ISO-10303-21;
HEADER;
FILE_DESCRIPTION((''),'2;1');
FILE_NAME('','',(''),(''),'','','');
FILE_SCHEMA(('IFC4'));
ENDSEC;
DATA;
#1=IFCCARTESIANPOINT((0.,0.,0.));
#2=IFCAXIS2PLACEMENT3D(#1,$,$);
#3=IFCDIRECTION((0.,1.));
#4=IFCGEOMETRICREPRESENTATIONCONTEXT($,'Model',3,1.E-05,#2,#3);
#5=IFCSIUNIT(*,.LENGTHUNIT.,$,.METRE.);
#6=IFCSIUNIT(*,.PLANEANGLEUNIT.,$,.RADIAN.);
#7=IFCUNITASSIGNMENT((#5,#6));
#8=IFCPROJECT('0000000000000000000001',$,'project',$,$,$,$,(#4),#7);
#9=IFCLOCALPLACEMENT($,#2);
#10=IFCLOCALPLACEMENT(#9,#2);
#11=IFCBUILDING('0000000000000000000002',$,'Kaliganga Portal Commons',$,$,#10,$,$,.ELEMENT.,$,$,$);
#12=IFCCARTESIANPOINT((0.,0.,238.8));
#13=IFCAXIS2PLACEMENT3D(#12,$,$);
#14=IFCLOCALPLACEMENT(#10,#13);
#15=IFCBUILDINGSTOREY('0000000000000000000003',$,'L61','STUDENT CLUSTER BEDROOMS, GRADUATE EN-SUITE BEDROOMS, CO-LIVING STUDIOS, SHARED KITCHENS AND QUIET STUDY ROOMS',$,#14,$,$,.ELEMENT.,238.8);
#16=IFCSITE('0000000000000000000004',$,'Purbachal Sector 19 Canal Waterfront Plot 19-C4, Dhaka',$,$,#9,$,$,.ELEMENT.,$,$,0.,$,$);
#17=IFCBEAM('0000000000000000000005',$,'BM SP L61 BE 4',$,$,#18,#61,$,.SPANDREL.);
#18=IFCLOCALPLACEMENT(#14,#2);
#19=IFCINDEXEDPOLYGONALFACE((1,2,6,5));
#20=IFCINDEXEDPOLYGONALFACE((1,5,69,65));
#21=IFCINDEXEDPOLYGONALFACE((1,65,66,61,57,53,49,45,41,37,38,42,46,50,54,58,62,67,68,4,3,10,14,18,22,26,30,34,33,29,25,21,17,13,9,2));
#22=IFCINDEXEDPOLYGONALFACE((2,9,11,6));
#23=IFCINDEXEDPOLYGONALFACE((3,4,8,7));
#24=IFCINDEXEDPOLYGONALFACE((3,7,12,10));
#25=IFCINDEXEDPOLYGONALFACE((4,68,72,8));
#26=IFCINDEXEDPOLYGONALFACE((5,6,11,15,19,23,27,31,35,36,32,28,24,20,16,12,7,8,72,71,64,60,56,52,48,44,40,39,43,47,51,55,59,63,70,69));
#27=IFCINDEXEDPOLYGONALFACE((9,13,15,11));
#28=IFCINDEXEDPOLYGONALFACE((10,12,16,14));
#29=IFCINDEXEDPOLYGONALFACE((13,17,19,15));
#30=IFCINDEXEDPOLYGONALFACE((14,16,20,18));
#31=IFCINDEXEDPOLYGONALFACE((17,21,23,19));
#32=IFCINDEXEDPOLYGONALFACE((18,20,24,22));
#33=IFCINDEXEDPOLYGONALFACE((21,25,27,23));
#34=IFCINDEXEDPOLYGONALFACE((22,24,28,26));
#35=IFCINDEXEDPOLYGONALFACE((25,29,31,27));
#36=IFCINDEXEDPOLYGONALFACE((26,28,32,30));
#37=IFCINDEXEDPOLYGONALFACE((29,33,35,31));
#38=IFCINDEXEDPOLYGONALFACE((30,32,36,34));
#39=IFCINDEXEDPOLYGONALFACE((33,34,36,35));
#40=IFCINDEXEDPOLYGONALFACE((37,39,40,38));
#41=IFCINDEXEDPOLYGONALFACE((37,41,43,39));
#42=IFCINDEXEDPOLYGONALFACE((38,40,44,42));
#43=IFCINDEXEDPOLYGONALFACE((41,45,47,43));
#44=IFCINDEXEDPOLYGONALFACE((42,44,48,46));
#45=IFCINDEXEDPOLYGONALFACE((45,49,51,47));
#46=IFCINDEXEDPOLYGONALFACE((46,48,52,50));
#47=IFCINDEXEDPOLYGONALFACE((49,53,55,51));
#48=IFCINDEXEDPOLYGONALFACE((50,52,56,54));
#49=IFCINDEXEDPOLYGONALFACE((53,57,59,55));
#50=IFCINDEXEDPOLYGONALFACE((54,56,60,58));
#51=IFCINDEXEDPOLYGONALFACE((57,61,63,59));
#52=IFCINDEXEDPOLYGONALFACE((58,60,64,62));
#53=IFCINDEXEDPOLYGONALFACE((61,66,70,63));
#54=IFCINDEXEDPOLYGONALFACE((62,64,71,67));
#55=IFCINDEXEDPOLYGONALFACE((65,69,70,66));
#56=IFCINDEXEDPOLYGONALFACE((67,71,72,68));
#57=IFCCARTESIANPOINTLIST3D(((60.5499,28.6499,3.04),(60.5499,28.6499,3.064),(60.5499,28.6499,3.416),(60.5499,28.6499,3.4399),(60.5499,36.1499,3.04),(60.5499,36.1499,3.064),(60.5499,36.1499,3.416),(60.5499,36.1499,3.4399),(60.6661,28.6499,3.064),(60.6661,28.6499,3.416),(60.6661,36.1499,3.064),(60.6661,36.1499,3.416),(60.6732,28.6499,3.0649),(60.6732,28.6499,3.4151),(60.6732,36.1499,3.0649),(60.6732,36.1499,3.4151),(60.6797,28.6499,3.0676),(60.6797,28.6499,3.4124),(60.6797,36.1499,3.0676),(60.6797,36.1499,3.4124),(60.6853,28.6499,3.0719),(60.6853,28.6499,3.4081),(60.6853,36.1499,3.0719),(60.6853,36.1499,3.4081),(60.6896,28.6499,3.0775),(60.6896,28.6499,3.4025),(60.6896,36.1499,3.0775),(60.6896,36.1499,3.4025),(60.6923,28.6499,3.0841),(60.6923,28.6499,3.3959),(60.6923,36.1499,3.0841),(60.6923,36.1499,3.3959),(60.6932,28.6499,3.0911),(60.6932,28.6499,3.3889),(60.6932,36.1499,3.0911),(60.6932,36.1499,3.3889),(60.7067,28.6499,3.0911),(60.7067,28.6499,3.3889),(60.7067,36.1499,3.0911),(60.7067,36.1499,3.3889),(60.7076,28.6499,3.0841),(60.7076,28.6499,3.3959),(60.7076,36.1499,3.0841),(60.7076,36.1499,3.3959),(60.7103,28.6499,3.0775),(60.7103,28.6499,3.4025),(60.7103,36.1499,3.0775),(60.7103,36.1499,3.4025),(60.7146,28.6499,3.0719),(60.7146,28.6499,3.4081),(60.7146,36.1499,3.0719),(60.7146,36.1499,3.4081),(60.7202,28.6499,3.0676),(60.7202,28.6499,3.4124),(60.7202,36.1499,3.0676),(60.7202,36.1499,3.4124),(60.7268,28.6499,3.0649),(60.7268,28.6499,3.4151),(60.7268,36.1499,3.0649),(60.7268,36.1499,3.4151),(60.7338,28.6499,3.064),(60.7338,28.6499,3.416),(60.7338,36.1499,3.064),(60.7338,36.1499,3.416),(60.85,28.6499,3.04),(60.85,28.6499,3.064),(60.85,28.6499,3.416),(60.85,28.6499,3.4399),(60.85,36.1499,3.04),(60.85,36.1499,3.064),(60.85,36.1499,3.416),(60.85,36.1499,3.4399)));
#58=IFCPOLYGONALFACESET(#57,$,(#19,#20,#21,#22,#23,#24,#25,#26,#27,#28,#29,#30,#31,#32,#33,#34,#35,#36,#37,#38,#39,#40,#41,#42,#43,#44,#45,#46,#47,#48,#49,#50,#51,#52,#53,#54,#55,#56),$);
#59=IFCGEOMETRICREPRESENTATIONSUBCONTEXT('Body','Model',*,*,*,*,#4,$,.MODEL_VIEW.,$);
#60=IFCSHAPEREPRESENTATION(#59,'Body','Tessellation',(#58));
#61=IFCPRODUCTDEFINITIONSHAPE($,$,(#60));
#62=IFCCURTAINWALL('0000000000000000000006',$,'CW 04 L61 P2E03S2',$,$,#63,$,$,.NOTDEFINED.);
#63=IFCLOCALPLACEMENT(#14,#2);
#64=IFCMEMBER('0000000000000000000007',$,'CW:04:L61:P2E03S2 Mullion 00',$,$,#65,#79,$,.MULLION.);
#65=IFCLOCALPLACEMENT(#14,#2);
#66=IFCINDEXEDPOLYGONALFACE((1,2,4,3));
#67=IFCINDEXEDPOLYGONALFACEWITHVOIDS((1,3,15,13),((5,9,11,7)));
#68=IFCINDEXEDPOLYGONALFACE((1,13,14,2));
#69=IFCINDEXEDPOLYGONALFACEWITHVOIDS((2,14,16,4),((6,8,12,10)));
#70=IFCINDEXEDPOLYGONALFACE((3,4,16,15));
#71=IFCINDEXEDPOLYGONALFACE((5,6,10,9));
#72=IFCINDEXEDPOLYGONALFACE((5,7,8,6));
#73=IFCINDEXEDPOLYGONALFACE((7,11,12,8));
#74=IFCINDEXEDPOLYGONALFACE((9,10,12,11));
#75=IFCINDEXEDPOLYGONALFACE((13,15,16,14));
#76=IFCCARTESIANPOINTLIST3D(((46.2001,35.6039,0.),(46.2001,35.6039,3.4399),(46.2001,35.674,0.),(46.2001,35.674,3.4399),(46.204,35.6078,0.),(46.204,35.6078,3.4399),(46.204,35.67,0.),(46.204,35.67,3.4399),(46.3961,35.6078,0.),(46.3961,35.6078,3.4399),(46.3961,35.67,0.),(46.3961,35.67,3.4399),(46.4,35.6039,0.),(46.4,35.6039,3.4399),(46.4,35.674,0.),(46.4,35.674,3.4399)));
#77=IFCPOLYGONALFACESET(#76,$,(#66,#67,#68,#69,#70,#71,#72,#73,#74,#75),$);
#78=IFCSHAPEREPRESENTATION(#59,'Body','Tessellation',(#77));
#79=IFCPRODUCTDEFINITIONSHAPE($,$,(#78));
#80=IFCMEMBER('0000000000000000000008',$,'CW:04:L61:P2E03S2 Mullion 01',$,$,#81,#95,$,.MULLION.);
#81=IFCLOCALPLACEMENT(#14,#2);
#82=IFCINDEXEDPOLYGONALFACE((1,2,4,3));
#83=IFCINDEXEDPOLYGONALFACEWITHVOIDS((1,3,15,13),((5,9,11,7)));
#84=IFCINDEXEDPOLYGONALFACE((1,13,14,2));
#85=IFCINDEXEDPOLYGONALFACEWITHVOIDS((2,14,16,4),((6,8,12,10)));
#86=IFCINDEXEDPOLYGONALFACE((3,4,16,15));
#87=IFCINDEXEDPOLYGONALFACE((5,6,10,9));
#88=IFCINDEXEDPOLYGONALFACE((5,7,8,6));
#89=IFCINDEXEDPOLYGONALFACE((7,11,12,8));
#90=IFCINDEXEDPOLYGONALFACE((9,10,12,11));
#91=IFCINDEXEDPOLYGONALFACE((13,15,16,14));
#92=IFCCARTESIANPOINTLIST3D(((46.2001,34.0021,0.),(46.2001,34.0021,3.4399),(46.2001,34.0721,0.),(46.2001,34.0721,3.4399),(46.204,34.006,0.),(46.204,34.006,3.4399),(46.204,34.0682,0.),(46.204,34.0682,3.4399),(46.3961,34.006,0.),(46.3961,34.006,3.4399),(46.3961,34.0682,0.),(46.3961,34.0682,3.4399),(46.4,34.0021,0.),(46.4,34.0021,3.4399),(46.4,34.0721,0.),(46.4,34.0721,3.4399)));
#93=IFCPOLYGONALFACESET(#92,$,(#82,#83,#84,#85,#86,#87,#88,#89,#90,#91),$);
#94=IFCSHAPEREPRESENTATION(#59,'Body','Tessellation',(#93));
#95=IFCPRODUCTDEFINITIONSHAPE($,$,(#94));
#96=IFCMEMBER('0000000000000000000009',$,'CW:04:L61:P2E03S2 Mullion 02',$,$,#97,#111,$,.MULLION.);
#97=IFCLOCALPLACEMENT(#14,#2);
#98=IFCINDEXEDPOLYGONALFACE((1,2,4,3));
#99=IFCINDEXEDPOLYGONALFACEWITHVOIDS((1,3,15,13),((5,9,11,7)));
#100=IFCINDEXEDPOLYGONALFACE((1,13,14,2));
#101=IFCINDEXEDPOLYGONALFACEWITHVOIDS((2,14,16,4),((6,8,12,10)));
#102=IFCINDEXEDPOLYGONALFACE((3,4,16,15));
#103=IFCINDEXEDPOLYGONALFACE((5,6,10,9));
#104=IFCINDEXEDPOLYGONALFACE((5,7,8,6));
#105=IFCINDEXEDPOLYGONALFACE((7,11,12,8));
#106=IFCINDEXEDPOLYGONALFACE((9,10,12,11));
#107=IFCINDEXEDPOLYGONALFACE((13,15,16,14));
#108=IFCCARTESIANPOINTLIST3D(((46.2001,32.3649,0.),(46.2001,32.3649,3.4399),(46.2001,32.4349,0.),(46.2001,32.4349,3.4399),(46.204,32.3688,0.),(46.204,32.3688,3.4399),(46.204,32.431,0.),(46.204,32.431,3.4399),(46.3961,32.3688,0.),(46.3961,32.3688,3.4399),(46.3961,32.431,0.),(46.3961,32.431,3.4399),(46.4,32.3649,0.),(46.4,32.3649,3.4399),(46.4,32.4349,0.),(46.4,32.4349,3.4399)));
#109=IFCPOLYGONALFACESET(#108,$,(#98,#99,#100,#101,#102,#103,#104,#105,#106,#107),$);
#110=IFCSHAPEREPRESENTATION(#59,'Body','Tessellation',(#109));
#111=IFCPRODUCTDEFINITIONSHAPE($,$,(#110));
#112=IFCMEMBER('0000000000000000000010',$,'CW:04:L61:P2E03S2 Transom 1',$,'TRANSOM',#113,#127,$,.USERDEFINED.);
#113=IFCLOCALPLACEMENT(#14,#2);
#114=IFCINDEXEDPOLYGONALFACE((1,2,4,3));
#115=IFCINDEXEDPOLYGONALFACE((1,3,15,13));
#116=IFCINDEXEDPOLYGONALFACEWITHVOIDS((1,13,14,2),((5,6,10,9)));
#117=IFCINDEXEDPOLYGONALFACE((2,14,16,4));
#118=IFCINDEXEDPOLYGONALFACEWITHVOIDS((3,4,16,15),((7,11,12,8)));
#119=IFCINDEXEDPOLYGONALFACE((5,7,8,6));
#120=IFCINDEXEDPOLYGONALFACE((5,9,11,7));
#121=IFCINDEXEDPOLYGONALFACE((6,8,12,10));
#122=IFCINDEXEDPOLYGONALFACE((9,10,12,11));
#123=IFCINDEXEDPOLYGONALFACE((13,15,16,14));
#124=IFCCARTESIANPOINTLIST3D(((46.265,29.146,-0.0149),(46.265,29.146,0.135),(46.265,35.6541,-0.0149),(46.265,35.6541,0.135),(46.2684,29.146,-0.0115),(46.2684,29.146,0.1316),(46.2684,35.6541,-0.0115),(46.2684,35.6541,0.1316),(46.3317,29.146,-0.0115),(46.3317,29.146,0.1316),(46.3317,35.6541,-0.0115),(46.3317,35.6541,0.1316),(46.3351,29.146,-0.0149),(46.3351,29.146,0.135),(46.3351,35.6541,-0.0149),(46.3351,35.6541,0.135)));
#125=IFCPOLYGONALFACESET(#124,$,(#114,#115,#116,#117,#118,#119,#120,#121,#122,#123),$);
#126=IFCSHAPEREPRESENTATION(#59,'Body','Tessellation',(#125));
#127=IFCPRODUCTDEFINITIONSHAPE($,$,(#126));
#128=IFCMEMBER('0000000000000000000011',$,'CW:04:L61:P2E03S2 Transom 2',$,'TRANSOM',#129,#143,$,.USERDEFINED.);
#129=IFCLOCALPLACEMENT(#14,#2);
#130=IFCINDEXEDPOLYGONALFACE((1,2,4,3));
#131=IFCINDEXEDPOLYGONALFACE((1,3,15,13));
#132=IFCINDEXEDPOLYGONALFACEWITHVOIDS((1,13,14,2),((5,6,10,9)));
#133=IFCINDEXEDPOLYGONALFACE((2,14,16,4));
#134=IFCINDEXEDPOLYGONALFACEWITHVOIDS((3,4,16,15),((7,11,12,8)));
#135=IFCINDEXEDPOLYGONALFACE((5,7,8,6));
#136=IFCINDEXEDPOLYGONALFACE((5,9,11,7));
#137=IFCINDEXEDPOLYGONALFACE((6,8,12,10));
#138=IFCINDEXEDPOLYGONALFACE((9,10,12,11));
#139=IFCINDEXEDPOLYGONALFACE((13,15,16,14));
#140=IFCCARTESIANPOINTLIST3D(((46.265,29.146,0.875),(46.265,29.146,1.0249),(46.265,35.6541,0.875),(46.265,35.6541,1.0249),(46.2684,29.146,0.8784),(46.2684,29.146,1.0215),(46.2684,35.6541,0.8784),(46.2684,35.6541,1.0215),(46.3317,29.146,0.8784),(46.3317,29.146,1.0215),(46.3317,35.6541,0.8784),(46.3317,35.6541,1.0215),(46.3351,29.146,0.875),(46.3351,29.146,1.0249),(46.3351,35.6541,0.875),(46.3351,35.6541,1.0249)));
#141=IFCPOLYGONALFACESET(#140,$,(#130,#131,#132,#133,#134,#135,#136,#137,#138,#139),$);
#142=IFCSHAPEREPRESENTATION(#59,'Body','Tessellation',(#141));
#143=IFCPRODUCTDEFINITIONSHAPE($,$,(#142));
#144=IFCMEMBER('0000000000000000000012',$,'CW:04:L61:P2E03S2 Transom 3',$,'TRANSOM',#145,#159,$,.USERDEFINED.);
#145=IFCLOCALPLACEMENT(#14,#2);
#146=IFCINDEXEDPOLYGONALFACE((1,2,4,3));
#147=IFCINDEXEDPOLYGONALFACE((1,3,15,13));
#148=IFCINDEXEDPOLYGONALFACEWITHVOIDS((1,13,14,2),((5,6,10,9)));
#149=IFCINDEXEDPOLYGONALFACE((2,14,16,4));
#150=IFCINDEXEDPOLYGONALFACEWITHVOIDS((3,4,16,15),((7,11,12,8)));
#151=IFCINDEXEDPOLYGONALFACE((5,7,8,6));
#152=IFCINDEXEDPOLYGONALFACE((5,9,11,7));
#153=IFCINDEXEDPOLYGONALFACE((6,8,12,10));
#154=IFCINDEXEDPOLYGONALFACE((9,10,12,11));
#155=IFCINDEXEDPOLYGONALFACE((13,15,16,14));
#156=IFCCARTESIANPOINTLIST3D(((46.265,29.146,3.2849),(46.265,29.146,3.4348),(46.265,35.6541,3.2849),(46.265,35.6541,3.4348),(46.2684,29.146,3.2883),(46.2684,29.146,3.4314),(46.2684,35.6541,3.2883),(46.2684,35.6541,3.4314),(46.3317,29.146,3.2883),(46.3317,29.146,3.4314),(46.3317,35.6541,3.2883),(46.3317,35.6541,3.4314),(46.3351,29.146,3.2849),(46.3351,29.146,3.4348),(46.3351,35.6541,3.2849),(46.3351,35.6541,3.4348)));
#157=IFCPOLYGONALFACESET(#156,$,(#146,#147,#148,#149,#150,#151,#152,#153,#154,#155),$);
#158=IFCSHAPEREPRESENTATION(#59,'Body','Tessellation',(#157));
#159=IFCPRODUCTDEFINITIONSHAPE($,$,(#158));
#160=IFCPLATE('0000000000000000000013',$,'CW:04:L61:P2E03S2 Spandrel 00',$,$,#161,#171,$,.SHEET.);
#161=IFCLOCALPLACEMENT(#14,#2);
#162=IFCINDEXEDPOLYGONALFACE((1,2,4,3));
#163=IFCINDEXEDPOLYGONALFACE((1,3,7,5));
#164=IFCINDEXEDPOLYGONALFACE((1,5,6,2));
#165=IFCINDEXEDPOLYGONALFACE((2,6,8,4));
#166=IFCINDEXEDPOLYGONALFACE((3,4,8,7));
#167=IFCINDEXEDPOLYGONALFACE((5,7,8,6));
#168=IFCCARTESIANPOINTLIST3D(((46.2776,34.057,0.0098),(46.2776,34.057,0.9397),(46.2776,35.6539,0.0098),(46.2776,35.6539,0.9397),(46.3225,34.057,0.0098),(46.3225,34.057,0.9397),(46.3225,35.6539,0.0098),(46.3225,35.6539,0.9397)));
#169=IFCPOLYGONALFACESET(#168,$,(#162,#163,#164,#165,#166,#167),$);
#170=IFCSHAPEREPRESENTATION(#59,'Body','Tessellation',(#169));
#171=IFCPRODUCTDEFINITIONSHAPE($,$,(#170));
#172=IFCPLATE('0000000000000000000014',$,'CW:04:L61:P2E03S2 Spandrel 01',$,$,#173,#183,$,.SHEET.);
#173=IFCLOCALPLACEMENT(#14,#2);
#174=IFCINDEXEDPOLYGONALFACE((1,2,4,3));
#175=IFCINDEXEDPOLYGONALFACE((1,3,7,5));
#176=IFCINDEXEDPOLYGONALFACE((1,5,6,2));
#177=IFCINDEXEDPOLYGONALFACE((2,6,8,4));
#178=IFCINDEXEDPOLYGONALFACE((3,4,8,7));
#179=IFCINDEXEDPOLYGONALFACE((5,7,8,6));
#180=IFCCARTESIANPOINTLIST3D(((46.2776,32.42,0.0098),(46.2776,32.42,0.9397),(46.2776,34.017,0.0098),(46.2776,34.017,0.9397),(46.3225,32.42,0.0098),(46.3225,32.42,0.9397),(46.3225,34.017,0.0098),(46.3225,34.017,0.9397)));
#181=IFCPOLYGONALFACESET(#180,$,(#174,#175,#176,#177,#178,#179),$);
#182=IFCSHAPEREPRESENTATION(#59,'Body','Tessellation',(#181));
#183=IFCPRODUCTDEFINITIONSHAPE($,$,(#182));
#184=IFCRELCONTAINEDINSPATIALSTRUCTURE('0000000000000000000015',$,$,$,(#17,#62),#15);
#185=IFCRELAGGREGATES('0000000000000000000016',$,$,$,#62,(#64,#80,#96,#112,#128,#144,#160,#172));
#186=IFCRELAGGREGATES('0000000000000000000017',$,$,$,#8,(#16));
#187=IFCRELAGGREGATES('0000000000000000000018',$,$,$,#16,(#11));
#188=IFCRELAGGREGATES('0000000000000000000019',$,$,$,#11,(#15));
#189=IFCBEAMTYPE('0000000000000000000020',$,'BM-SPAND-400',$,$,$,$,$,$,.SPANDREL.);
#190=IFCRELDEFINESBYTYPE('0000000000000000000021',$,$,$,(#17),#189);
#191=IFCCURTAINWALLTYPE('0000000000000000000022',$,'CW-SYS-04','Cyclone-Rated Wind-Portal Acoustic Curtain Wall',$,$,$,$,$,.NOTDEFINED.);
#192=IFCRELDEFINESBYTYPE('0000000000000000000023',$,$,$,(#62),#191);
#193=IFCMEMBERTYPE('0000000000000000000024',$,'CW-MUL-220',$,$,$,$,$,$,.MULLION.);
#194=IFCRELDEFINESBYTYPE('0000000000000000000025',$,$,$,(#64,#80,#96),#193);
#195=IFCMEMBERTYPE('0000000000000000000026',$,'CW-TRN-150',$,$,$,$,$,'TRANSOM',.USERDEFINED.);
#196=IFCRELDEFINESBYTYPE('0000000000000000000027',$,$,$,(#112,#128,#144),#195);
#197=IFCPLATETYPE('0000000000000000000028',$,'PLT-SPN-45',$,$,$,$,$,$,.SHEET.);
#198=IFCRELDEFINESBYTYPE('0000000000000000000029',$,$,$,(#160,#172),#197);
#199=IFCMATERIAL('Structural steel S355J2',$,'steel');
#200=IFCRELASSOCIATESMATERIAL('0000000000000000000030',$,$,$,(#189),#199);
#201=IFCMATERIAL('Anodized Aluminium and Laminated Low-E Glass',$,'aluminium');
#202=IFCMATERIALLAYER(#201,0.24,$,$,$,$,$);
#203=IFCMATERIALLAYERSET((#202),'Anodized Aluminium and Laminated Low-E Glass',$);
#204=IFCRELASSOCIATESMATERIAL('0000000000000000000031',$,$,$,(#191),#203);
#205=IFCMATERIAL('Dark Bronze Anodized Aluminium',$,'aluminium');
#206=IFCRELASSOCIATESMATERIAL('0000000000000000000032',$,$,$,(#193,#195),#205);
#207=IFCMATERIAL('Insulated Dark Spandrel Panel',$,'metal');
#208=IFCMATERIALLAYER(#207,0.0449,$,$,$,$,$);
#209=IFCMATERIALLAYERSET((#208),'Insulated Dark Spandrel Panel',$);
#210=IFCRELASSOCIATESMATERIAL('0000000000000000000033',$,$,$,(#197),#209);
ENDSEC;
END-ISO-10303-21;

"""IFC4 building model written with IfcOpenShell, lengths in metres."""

from ifc_helpers import new_model, si_unit, direction, frame, origin, origin_2d, place, context, subcontext, project, spatial, rectangle, hollow_rectangle, i_section, extrude, source, transform, mapped, material, layer, layer_set, material_profile, profile_set, type_object, element, aggregate, save


model = new_model("IFC4")

# Units and contexts
model_context = context("Model", 3, precision=1e-05, world=origin(), true_north=direction((0.0, 1.0)))
body_context = subcontext(model_context, "Body", "Model", "MODEL_VIEW")
ifc_project = project(units=[si_unit("LENGTHUNIT", "METRE"), si_unit("PLANEANGLEUNIT", "RADIAN")], contexts=[model_context])

# Site, building, storey
site_placement = place(None, origin())
site = spatial("IfcSite", under=ifc_project, at=site_placement, Name="Purbachal Sector 19 Canal Waterfront Plot 19-C4, Dhaka", CompositionType="ELEMENT", RefElevation=0.0)
building_placement = place(site_placement, origin())
building = spatial("IfcBuilding", under=site, at=building_placement, Name="Kaliganga Portal Commons", CompositionType="ELEMENT")
storey_placement = place(building_placement, frame((0.0, 0.0, 238.8)))
storey = spatial("IfcBuildingStorey", under=building, at=storey_placement, Name="L61", Description="STUDENT CLUSTER BEDROOMS, GRADUATE EN-SUITE BEDROOMS, CO-LIVING STUDIOS, SHARED KITCHENS AND QUIET STUDY ROOMS", CompositionType="ELEMENT", Elevation=238.8)

# Shared definitions
ifc_material_1 = material(Name="Structural steel S355J2", Category="steel")

# Beam
ifc_material_profile_1 = material_profile(ifc_material_1, i_section(OverallWidth=0.3, OverallDepth=0.3999, WebThickness=0.0134, FlangeThickness=0.0239, FilletRadius=0.0271, at=origin_2d()), Name="HE 400 B")
ifc_profile_set_1 = profile_set([ifc_material_profile_1], Name="Structural steel S355J2 wide-flange")
beam_type_1 = type_object("IfcBeamType", Name="BM-SPAND-400", PredefinedType="SPANDREL", material=ifc_profile_set_1)
shared_shape_1 = source(origin(), body_context, "Body", "SweptSolid", [
    extrude(i_section(OverallWidth=0.3, OverallDepth=0.3999, WebThickness=0.0134, FlangeThickness=0.0239, FilletRadius=0.0271, at=origin_2d()), origin(), (0.0, 0.0, 1.0), 7.5),
])
beam_1_placement = place(storey_placement, frame((60.7, 28.6499, 3.24), z_axis=(0.0, 1.0, 0.0), x_axis=(-1.0, 0.0, 0.0)))
element("IfcBeam", 1, at=beam_1_placement, inside=storey, type_object=beam_type_1, Name="BM SP L61 BE 4", PredefinedType="SPANDREL", context=body_context, shape_type="MappedRepresentation", body=[
    mapped(shared_shape_1, transform((0.0, 0.0, 0.0), x_axis=(1.0, 0.0, 0.0), y_axis=(0.0, 1.0, 0.0), z_axis=(0.0, 0.0, 1.0), scale=1.0)),
])

# Curtain wall, members, plates
ifc_material_2 = material(Name="Anodized Aluminium and Laminated Low-E Glass", Category="aluminium")
ifc_layer_1 = layer(ifc_material_2, 0.24)
ifc_layer_set_1 = layer_set([ifc_layer_1], Name="Anodized Aluminium and Laminated Low-E Glass")
curtain_wall_type = type_object("IfcCurtainWallType", Name="CW-SYS-04", Description="Cyclone-Rated Wind-Portal Acoustic Curtain Wall", PredefinedType="NOTDEFINED", material=ifc_layer_set_1)
curtain_wall_placement = place(storey_placement, origin())
curtain_wall = element("IfcCurtainWall", 2, at=curtain_wall_placement, inside=storey, type_object=curtain_wall_type, Name="CW 04 L61 P2E03S2", PredefinedType="NOTDEFINED")
ifc_material_3 = material(Name="Dark Bronze Anodized Aluminium", Category="aluminium")
ifc_material_profile_2 = material_profile(ifc_material_3, hollow_rectangle(XDim=0.0701, YDim=0.2, WallThickness=0.0039, at=origin_2d()), Name="ALU MULL 70x200x4")
ifc_profile_set_2 = profile_set([ifc_material_profile_2], Name="Dark Bronze Anodized Aluminium")
member_type_1 = type_object("IfcMemberType", Name="CW-MUL-220", PredefinedType="MULLION", material=ifc_profile_set_2)
shared_shape_2 = source(origin(), body_context, "Body", "SweptSolid", [
    extrude(hollow_rectangle(XDim=0.0701, YDim=0.2, WallThickness=0.0039, at=origin_2d()), origin(), (0.0, 0.0, 1.0), 3.4399),
])
member_1_placement = place(storey_placement, frame((46.3, 35.6389, 0.0), z_axis=(0.0, 0.0, 1.0), x_axis=(0.0, -1.0, 0.0)))
member_1 = element("IfcMember", 3, at=member_1_placement, type_object=member_type_1, Name="CW:04:L61:P2E03S2 Mullion 00", PredefinedType="MULLION", context=body_context, shape_type="MappedRepresentation", body=[
    mapped(shared_shape_2, transform((0.0, 0.0, 0.0), x_axis=(1.0, 0.0, 0.0), y_axis=(0.0, 1.0, 0.0), z_axis=(0.0, 0.0, 1.0), scale=1.0)),
])
member_2_placement = place(storey_placement, frame((46.3, 34.0371, 0.0), z_axis=(0.0, 0.0, 1.0), x_axis=(0.0, -1.0, 0.0)))
member_2 = element("IfcMember", 4, at=member_2_placement, type_object=member_type_1, Name="CW:04:L61:P2E03S2 Mullion 01", PredefinedType="MULLION", context=body_context, shape_type="MappedRepresentation", body=[
    mapped(shared_shape_2, transform((0.0, 0.0, 0.0), x_axis=(1.0, 0.0, 0.0), y_axis=(0.0, 1.0, 0.0), z_axis=(0.0, 0.0, 1.0), scale=1.0)),
])
member_3_placement = place(storey_placement, frame((46.3, 32.3999, 0.0), z_axis=(0.0, 0.0, 1.0), x_axis=(0.0, -1.0, 0.0)))
member_3 = element("IfcMember", 5, at=member_3_placement, type_object=member_type_1, Name="CW:04:L61:P2E03S2 Mullion 02", PredefinedType="MULLION", context=body_context, shape_type="MappedRepresentation", body=[
    mapped(shared_shape_2, transform((0.0, 0.0, 0.0), x_axis=(1.0, 0.0, 0.0), y_axis=(0.0, 1.0, 0.0), z_axis=(0.0, 0.0, 1.0), scale=1.0)),
])
ifc_material_profile_3 = material_profile(ifc_material_3, hollow_rectangle(XDim=0.0701, YDim=0.1499, WallThickness=0.0034, at=origin_2d()), Name="ALU TRAN 70x150x3.5")
ifc_profile_set_3 = profile_set([ifc_material_profile_3], Name="Dark Bronze Anodized Aluminium")
member_type_2 = type_object("IfcMemberType", Name="CW-TRN-150", ElementType="TRANSOM", PredefinedType="USERDEFINED", material=ifc_profile_set_3)
shared_shape_3 = source(origin(), body_context, "Body", "SweptSolid", [
    extrude(hollow_rectangle(XDim=0.0701, YDim=0.1499, WallThickness=0.0034, at=origin_2d()), origin(), (0.0, 0.0, 1.0), 6.5081),
])
member_4_placement = place(storey_placement, frame((46.3, 35.6541, 0.0601), z_axis=(0.0, -1.0, 0.0), x_axis=(1.0, 0.0, 0.0)))
member_4 = element("IfcMember", 6, at=member_4_placement, type_object=member_type_2, Name="CW:04:L61:P2E03S2 Transom 1", ObjectType="TRANSOM", PredefinedType="USERDEFINED", context=body_context, shape_type="MappedRepresentation", body=[
    mapped(shared_shape_3, transform((0.0, 0.0, 0.0), x_axis=(1.0, 0.0, 0.0), y_axis=(0.0, 1.0, 0.0), z_axis=(0.0, 0.0, 1.0), scale=1.0)),
])
member_5_placement = place(storey_placement, frame((46.3, 35.6541, 0.95), z_axis=(0.0, -1.0, 0.0), x_axis=(1.0, 0.0, 0.0)))
member_5 = element("IfcMember", 7, at=member_5_placement, type_object=member_type_2, Name="CW:04:L61:P2E03S2 Transom 2", ObjectType="TRANSOM", PredefinedType="USERDEFINED", context=body_context, shape_type="MappedRepresentation", body=[
    mapped(shared_shape_3, transform((0.0, 0.0, 0.0), x_axis=(1.0, 0.0, 0.0), y_axis=(0.0, 1.0, 0.0), z_axis=(0.0, 0.0, 1.0), scale=1.0)),
])
member_6_placement = place(storey_placement, frame((46.3, 35.6541, 3.3599), z_axis=(0.0, -1.0, 0.0), x_axis=(1.0, 0.0, 0.0)))
member_6 = element("IfcMember", 8, at=member_6_placement, type_object=member_type_2, Name="CW:04:L61:P2E03S2 Transom 3", ObjectType="TRANSOM", PredefinedType="USERDEFINED", context=body_context, shape_type="MappedRepresentation", body=[
    mapped(shared_shape_3, transform((0.0, 0.0, 0.0), x_axis=(1.0, 0.0, 0.0), y_axis=(0.0, 1.0, 0.0), z_axis=(0.0, 0.0, 1.0), scale=1.0)),
])
ifc_material_4 = material(Name="Insulated Dark Spandrel Panel", Category="metal")
ifc_layer_2 = layer(ifc_material_4, 0.0449)
ifc_layer_set_2 = layer_set([ifc_layer_2], Name="Insulated Dark Spandrel Panel")
plate_type_1 = type_object("IfcPlateType", Name="PLT-SPN-45", PredefinedType="SHEET", material=ifc_layer_set_2)
shared_shape_4 = source(origin(), body_context, "Body", "SweptSolid", [
    extrude(rectangle(XDim=1.5969, YDim=0.0449, at=origin_2d()), origin(), (0.0, 0.0, 1.0), 0.9299),
])
plate_1_placement = place(storey_placement, frame((46.3, 34.8555, 0.0098), z_axis=(0.0, 0.0, 1.0), x_axis=(0.0, -1.0, 0.0)))
plate_1 = element("IfcPlate", 9, at=plate_1_placement, type_object=plate_type_1, Name="CW:04:L61:P2E03S2 Spandrel 00", PredefinedType="SHEET", context=body_context, shape_type="MappedRepresentation", body=[
    mapped(shared_shape_4, transform((0.0, 0.0, 0.0), x_axis=(1.0, 0.0, 0.0), y_axis=(0.0, 1.0, 0.0), z_axis=(0.0, 0.0, 1.0), scale=1.0)),
])
plate_2_placement = place(storey_placement, frame((46.3, 33.2185, 0.0098), z_axis=(0.0, 0.0, 1.0), x_axis=(0.0, -1.0, 0.0)))
plate_2 = element("IfcPlate", 10, at=plate_2_placement, type_object=plate_type_1, Name="CW:04:L61:P2E03S2 Spandrel 01", PredefinedType="SHEET", context=body_context, shape_type="MappedRepresentation", body=[
    mapped(shared_shape_4, transform((0.0, 0.0, 0.0), x_axis=(1.0, 0.0, 0.0), y_axis=(0.0, 1.0, 0.0), z_axis=(0.0, 0.0, 1.0), scale=1.0)),
])
aggregate(curtain_wall, [member_1, member_2, member_3, member_4, member_5, member_6, plate_1, plate_2])

save(model, "model.ifc")
